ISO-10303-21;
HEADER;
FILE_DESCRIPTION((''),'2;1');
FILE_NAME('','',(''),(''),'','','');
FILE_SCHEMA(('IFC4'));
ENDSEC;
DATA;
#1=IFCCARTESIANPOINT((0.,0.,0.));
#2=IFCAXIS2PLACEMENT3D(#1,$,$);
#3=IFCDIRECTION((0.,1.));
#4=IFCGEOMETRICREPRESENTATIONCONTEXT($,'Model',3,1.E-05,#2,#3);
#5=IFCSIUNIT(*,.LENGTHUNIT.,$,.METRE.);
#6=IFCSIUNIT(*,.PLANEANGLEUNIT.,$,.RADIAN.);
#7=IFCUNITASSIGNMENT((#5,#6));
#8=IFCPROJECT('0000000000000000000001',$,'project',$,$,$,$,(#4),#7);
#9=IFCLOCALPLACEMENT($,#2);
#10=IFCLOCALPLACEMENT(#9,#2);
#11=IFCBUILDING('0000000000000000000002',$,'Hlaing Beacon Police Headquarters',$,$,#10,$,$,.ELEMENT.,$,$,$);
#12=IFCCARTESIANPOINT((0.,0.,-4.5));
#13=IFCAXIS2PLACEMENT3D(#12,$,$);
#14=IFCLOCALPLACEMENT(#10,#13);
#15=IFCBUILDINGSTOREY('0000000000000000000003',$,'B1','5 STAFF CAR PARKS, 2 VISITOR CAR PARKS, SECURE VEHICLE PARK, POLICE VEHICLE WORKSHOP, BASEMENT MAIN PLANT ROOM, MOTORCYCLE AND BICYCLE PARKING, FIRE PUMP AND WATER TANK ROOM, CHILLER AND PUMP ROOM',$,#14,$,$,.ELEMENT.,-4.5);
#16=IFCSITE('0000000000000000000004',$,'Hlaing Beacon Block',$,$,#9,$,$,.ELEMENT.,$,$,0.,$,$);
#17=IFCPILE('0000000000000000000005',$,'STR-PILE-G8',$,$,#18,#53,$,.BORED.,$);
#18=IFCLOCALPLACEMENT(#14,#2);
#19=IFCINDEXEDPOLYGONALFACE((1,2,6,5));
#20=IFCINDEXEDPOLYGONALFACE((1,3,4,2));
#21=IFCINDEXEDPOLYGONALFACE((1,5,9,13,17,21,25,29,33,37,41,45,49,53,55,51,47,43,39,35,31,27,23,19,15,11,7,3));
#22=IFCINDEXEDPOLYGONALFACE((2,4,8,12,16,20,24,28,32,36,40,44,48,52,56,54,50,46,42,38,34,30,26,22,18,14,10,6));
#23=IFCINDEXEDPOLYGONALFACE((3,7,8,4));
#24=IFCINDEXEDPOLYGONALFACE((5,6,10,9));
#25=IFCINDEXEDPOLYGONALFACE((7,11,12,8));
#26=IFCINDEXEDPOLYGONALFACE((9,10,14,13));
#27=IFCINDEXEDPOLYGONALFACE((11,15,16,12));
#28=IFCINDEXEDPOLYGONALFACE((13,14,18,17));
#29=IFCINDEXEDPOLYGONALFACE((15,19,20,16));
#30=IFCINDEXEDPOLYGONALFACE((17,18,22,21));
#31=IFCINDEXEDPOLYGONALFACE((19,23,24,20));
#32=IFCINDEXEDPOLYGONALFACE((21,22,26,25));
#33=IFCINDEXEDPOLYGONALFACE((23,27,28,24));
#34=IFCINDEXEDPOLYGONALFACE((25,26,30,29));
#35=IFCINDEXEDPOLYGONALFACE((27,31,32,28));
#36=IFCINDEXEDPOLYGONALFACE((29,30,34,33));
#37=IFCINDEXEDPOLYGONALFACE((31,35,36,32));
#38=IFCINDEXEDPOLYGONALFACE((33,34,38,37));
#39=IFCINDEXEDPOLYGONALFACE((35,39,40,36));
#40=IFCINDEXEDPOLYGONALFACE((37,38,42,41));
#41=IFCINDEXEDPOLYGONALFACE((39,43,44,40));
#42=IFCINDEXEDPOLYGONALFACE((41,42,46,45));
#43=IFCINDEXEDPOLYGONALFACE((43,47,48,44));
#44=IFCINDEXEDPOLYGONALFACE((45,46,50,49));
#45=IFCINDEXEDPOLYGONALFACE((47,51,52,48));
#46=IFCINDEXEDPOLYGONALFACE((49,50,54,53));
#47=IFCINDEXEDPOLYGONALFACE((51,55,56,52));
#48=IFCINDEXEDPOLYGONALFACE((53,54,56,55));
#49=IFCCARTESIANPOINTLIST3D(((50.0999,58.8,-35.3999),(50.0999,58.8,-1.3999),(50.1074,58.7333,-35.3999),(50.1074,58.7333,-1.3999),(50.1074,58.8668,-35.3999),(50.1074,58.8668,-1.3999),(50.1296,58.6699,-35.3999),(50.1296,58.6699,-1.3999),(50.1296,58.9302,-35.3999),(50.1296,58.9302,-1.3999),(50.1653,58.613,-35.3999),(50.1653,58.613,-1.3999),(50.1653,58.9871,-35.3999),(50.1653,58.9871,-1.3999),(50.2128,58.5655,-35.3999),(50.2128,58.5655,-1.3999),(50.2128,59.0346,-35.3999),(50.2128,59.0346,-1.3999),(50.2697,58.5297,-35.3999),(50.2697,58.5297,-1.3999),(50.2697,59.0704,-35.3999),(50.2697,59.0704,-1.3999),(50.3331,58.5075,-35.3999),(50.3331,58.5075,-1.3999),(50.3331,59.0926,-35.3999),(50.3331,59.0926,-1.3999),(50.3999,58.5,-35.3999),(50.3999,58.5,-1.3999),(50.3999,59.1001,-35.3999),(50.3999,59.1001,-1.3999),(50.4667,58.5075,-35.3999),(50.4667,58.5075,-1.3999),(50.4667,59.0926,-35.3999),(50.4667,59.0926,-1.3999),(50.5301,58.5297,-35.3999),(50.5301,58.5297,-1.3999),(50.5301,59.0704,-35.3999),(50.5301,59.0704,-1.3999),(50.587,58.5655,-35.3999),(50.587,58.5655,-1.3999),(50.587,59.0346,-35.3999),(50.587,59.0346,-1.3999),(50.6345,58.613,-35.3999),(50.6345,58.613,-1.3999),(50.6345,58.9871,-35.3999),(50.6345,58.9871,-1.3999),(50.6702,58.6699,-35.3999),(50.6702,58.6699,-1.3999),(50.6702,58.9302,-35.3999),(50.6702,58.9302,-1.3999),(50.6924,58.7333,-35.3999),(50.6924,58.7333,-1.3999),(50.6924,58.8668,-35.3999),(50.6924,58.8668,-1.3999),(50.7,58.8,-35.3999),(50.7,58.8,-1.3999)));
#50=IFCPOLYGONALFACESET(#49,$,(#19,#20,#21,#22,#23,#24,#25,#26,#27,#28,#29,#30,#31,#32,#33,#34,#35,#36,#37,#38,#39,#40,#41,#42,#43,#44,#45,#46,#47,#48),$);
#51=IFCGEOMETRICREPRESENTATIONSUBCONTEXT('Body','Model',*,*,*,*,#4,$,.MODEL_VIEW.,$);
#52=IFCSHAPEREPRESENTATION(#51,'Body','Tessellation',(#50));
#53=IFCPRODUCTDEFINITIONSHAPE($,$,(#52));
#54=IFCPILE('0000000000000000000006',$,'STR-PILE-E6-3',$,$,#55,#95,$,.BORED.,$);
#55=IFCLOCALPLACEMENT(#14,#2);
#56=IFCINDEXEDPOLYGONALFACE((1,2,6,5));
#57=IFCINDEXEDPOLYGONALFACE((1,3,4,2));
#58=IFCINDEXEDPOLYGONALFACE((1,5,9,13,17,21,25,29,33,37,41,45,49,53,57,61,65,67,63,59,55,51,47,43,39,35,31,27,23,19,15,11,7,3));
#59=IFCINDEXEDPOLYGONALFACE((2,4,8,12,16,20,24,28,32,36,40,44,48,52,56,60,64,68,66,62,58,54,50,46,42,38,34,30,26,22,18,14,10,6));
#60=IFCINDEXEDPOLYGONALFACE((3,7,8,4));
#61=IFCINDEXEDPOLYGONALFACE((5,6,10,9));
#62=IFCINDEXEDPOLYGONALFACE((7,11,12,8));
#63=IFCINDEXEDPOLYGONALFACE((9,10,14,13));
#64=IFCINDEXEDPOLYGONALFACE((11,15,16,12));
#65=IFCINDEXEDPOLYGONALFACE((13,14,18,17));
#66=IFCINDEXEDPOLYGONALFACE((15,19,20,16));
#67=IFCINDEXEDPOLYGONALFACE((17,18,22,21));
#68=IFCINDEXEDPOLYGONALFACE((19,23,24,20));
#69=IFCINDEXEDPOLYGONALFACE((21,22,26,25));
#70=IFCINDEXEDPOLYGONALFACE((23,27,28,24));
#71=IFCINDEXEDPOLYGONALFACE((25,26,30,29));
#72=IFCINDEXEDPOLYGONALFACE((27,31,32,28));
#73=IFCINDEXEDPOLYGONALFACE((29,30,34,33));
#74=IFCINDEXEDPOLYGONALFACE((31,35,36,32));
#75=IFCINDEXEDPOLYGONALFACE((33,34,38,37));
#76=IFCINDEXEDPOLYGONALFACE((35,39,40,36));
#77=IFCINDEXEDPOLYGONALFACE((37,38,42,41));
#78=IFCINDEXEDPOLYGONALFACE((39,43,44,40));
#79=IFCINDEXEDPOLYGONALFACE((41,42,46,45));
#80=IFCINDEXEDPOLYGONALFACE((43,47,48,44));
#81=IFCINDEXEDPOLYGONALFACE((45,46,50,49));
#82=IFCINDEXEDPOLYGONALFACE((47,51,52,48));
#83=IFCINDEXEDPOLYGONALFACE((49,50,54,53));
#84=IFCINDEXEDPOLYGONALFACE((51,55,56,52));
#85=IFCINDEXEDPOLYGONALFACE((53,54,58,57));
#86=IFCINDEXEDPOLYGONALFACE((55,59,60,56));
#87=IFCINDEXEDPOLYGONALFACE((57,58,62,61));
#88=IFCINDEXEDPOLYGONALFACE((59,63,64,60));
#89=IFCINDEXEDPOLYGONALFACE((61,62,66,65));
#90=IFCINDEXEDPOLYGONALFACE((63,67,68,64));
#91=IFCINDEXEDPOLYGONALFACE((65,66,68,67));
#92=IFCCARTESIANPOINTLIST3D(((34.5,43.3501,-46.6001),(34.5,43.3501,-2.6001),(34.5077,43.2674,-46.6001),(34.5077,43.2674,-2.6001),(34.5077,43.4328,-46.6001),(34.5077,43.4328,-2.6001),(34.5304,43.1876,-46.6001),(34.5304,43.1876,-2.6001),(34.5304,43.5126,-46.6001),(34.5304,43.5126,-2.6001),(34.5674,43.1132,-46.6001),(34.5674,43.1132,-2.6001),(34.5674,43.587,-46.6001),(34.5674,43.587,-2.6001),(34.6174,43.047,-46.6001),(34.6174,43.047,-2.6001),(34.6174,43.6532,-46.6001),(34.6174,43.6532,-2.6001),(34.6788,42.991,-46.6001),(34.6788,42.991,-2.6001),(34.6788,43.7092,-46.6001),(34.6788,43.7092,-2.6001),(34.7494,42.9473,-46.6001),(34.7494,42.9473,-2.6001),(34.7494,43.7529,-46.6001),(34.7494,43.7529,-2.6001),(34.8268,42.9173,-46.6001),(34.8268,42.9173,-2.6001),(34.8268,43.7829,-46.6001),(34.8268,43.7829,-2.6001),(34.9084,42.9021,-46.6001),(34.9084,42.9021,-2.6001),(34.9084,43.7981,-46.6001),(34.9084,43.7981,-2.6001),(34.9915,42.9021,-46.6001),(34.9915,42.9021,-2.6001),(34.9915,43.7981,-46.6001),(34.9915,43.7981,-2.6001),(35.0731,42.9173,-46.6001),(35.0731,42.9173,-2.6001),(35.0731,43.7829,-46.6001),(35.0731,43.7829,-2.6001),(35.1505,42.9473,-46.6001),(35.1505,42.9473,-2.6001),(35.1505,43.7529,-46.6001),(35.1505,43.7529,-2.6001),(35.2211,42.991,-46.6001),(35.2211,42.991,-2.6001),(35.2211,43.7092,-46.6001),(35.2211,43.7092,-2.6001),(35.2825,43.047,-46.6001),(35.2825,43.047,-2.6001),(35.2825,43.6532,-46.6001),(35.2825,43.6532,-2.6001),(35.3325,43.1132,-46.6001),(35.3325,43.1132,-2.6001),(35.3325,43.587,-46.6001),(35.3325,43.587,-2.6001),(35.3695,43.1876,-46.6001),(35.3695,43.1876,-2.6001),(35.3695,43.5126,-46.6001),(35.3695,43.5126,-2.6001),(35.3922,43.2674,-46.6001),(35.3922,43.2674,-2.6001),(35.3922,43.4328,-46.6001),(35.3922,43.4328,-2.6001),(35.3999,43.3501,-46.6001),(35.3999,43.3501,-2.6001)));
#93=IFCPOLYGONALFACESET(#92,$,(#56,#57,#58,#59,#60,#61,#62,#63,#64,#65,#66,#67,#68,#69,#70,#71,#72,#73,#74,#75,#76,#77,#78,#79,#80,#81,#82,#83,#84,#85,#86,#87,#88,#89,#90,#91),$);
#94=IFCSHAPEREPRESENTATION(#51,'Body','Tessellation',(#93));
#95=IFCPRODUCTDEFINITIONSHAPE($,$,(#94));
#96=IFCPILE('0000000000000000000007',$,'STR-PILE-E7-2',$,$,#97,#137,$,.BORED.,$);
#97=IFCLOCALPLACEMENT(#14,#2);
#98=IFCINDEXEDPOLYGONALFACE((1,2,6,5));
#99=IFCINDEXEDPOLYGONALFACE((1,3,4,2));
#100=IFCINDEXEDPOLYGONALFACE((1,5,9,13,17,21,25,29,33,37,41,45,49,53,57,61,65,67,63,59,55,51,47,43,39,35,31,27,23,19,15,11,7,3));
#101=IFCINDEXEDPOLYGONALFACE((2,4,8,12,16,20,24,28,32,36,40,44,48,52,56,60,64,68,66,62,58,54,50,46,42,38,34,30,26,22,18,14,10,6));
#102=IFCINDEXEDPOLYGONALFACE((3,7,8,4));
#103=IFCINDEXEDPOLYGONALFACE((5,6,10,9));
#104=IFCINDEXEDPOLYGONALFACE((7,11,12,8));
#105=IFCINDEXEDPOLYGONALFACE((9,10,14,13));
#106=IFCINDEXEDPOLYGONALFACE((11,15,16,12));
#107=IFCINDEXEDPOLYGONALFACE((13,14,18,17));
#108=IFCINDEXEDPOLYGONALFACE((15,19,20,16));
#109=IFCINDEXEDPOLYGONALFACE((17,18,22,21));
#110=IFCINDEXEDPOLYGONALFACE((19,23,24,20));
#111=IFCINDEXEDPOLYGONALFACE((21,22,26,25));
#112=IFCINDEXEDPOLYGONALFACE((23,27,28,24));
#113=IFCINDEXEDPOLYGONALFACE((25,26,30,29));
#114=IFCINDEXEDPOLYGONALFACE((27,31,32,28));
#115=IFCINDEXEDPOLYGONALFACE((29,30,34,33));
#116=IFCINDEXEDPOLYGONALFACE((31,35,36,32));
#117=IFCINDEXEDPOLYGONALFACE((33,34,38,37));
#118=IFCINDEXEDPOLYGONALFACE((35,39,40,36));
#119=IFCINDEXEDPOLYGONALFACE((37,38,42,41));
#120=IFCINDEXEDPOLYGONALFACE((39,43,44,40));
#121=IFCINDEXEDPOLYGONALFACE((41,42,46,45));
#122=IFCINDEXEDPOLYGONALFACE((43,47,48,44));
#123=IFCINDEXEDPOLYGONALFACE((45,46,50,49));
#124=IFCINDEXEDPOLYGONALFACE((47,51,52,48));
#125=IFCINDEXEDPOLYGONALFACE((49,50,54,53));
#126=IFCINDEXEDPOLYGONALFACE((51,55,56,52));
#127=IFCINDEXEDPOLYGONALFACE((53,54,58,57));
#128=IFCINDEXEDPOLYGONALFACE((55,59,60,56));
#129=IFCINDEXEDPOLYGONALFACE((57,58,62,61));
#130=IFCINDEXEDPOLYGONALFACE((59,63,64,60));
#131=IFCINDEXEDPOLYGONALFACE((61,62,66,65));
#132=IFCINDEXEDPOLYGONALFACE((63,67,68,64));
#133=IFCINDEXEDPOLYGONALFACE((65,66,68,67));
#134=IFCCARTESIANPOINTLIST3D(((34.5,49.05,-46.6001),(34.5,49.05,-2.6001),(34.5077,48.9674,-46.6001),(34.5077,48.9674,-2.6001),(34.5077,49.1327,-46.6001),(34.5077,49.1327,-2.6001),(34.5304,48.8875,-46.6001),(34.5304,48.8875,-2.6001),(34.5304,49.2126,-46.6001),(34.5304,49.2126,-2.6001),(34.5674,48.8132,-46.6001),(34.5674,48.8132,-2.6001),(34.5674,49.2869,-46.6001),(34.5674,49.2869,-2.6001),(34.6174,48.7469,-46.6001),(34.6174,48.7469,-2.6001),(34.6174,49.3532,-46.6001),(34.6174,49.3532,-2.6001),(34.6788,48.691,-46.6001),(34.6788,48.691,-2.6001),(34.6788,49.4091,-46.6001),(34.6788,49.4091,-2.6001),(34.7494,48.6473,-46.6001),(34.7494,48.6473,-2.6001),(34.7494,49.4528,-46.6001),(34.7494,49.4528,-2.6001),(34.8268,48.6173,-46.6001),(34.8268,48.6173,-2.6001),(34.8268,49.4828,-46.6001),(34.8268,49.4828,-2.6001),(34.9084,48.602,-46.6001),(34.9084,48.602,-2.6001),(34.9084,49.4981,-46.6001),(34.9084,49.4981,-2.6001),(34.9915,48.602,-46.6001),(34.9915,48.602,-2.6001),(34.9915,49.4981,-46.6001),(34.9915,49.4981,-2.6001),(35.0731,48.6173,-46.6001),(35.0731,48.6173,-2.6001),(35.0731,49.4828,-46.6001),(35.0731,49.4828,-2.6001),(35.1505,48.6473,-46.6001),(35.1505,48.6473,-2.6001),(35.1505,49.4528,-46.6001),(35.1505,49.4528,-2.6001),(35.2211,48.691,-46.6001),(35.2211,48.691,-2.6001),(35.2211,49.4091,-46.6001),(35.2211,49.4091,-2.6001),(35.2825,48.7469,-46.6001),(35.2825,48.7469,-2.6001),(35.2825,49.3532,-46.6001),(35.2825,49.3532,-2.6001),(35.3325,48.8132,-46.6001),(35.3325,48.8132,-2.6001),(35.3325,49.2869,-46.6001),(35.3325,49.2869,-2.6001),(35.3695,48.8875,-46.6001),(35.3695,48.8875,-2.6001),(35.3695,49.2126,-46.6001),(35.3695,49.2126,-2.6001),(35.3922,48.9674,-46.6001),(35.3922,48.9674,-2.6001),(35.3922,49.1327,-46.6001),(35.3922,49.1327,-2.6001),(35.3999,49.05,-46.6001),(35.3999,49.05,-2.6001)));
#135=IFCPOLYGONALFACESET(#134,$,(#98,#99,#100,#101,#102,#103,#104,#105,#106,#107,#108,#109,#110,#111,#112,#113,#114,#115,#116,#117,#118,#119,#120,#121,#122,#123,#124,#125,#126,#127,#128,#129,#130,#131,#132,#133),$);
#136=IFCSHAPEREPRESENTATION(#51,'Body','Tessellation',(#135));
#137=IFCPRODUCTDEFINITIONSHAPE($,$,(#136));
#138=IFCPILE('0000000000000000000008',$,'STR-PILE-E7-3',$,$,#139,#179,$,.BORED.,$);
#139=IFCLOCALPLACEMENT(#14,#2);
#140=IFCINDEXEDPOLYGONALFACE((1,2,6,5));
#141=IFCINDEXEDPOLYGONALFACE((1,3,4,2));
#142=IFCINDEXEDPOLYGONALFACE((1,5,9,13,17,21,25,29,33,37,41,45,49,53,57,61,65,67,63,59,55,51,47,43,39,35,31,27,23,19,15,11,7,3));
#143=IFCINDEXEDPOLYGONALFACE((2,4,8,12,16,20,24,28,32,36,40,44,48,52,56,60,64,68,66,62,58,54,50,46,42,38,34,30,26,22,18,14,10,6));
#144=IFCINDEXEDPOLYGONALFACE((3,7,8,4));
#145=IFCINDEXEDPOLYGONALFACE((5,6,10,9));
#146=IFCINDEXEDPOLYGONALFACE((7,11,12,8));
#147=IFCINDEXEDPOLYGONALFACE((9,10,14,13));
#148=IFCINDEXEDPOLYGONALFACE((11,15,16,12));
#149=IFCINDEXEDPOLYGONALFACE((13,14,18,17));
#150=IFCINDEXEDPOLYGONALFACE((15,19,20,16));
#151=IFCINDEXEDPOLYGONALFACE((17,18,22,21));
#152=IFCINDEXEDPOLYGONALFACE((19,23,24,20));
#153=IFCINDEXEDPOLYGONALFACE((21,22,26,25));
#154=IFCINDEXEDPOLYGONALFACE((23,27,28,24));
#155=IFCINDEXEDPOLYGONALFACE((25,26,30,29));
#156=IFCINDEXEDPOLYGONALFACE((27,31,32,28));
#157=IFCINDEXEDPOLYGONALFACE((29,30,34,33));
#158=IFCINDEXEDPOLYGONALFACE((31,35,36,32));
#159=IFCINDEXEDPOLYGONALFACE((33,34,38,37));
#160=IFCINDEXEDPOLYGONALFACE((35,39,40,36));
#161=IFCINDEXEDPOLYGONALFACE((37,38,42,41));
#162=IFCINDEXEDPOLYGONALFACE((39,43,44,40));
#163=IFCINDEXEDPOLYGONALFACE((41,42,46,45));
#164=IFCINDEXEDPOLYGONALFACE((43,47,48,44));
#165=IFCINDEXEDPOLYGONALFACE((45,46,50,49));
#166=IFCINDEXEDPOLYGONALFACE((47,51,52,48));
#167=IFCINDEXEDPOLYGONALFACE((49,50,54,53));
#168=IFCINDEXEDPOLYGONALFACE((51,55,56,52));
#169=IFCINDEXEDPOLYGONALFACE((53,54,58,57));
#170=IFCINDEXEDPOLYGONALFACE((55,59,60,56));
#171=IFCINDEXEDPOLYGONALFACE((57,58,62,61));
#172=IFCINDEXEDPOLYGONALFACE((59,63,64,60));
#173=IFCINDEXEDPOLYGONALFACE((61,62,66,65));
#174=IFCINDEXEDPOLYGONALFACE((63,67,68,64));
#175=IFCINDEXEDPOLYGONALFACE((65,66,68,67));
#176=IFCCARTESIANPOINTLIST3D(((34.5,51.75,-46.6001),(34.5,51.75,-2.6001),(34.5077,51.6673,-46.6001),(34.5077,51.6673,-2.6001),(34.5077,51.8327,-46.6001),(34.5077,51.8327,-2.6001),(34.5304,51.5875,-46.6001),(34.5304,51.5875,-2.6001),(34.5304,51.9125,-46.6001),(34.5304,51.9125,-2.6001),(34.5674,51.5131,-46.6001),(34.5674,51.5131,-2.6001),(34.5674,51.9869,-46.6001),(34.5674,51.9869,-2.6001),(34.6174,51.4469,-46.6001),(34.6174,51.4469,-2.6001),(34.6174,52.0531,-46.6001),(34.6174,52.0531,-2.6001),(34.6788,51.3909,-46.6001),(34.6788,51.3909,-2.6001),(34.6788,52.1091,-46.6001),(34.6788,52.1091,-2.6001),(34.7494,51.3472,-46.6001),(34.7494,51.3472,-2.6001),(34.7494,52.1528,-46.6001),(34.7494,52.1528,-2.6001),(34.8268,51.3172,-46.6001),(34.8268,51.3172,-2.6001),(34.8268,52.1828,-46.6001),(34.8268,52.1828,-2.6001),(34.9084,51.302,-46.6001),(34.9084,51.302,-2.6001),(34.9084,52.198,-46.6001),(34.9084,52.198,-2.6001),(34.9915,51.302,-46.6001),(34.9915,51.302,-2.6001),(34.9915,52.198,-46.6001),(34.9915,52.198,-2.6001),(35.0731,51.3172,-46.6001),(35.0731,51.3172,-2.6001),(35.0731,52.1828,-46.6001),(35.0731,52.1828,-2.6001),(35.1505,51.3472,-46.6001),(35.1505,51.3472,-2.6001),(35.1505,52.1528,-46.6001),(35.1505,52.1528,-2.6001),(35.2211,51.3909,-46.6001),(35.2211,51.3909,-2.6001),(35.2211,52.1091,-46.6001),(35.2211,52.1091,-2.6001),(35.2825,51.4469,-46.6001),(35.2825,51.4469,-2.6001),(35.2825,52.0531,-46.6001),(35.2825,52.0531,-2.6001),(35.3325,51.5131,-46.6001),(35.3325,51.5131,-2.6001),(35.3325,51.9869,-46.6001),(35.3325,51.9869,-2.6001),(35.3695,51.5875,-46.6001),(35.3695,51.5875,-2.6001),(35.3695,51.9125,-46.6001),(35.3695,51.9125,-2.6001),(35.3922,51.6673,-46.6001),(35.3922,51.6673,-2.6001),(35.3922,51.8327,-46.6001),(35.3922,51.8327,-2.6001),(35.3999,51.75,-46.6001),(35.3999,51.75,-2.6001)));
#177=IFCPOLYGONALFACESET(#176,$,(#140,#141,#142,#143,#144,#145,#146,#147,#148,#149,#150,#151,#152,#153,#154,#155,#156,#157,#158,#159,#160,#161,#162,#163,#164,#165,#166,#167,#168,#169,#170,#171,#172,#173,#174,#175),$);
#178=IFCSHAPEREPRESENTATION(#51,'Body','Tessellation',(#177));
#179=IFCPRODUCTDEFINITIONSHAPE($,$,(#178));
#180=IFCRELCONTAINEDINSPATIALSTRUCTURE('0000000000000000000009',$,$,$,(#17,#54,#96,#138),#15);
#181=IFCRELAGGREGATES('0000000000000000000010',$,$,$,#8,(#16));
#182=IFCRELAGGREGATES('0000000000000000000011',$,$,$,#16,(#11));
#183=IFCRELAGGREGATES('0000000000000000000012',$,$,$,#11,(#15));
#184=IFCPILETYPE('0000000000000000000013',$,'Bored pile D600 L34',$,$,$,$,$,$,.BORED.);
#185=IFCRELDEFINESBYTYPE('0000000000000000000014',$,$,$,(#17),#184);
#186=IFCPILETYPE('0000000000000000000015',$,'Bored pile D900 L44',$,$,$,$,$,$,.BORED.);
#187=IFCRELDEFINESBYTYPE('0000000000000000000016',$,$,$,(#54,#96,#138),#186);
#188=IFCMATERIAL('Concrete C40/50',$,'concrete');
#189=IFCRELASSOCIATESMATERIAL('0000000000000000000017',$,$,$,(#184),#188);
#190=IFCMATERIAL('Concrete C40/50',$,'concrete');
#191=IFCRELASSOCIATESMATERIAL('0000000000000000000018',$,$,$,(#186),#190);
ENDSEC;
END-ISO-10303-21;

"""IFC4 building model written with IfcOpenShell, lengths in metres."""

from ifc_helpers import new_model, si_unit, direction, frame, origin, origin_2d, place, context, subcontext, project, spatial, circle, extrude, material, material_profile, profile_set, type_object, element, save


model = new_model("IFC4")

# Units and contexts
model_context = context("Model", 3, precision=1e-05, world=origin(), true_north=direction((0.0, 1.0)))
body_context = subcontext(model_context, "Body", "Model", "MODEL_VIEW")
ifc_project = project(units=[si_unit("LENGTHUNIT", "METRE"), si_unit("PLANEANGLEUNIT", "RADIAN")], contexts=[model_context])

# Site, building, storey
site_placement = place(None, origin())
site = spatial("IfcSite", under=ifc_project, at=site_placement, Name="Hlaing Beacon Block", CompositionType="ELEMENT", RefElevation=0.0)
building_placement = place(site_placement, origin())
building = spatial("IfcBuilding", under=site, at=building_placement, Name="Hlaing Beacon Police Headquarters", CompositionType="ELEMENT")
storey_placement = place(building_placement, frame((0.0, 0.0, -4.5)))
storey = spatial("IfcBuildingStorey", under=building, at=storey_placement, Name="B1", Description="5 STAFF CAR PARKS, 2 VISITOR CAR PARKS, SECURE VEHICLE PARK, POLICE VEHICLE WORKSHOP, BASEMENT MAIN PLANT ROOM, MOTORCYCLE AND BICYCLE PARKING, FIRE PUMP AND WATER TANK ROOM, CHILLER AND PUMP ROOM", CompositionType="ELEMENT", Elevation=-4.5)

# Piles
ifc_material_1 = material(Name="Concrete C40/50", Category="concrete")
ifc_material_profile_1 = material_profile(ifc_material_1, circle(Radius=0.3, at=origin_2d()), Name="D600")
ifc_profile_set_1 = profile_set([ifc_material_profile_1], Name="Concrete C40/50")
pile_type_1 = type_object("IfcPileType", Name="Bored pile D600 L34", PredefinedType="BORED", material=ifc_profile_set_1)
for number, where, z_axis, x_axis, name in (
    (1, (50.3999, 58.8, -1.3999), (0.0, 0.0, -1.0), (1.0, 0.0, 0.0), "STR-PILE-G8"),
):
    element("IfcPile", number, at=place(storey_placement, frame(where, z_axis=z_axis, x_axis=x_axis)), inside=storey, type_object=pile_type_1, Name=name, PredefinedType="BORED", context=body_context, shape_type="SweptSolid", body=[
        extrude(circle(Radius=0.3, at=origin_2d()), origin(), (0.0, 0.0, 1.0), 34.0),
    ])
ifc_material_2 = material(Name="Concrete C40/50", Category="concrete")
ifc_material_profile_2 = material_profile(ifc_material_2, circle(Radius=0.45, at=origin_2d()), Name="D900")
ifc_profile_set_2 = profile_set([ifc_material_profile_2], Name="Concrete C40/50")
pile_type_2 = type_object("IfcPileType", Name="Bored pile D900 L44", PredefinedType="BORED", material=ifc_profile_set_2)
for number, where, z_axis, x_axis, name in (
    (2, (34.95, 43.3501, -2.6001), (0.0, 0.0, -1.0), (1.0, 0.0, 0.0), "STR-PILE-E6-3"),
    (3, (34.95, 49.05, -2.6001), (0.0, 0.0, -1.0), (1.0, 0.0, 0.0), "STR-PILE-E7-2"),
    (4, (34.95, 51.75, -2.6001), (0.0, 0.0, -1.0), (1.0, 0.0, 0.0), "STR-PILE-E7-3"),
):
    element("IfcPile", number, at=place(storey_placement, frame(where, z_axis=z_axis, x_axis=x_axis)), inside=storey, type_object=pile_type_2, Name=name, PredefinedType="BORED", context=body_context, shape_type="SweptSolid", body=[
        extrude(circle(Radius=0.45, at=origin_2d()), origin(), (0.0, 0.0, 1.0), 44.0),
    ])

save(model, "model.ifc")
